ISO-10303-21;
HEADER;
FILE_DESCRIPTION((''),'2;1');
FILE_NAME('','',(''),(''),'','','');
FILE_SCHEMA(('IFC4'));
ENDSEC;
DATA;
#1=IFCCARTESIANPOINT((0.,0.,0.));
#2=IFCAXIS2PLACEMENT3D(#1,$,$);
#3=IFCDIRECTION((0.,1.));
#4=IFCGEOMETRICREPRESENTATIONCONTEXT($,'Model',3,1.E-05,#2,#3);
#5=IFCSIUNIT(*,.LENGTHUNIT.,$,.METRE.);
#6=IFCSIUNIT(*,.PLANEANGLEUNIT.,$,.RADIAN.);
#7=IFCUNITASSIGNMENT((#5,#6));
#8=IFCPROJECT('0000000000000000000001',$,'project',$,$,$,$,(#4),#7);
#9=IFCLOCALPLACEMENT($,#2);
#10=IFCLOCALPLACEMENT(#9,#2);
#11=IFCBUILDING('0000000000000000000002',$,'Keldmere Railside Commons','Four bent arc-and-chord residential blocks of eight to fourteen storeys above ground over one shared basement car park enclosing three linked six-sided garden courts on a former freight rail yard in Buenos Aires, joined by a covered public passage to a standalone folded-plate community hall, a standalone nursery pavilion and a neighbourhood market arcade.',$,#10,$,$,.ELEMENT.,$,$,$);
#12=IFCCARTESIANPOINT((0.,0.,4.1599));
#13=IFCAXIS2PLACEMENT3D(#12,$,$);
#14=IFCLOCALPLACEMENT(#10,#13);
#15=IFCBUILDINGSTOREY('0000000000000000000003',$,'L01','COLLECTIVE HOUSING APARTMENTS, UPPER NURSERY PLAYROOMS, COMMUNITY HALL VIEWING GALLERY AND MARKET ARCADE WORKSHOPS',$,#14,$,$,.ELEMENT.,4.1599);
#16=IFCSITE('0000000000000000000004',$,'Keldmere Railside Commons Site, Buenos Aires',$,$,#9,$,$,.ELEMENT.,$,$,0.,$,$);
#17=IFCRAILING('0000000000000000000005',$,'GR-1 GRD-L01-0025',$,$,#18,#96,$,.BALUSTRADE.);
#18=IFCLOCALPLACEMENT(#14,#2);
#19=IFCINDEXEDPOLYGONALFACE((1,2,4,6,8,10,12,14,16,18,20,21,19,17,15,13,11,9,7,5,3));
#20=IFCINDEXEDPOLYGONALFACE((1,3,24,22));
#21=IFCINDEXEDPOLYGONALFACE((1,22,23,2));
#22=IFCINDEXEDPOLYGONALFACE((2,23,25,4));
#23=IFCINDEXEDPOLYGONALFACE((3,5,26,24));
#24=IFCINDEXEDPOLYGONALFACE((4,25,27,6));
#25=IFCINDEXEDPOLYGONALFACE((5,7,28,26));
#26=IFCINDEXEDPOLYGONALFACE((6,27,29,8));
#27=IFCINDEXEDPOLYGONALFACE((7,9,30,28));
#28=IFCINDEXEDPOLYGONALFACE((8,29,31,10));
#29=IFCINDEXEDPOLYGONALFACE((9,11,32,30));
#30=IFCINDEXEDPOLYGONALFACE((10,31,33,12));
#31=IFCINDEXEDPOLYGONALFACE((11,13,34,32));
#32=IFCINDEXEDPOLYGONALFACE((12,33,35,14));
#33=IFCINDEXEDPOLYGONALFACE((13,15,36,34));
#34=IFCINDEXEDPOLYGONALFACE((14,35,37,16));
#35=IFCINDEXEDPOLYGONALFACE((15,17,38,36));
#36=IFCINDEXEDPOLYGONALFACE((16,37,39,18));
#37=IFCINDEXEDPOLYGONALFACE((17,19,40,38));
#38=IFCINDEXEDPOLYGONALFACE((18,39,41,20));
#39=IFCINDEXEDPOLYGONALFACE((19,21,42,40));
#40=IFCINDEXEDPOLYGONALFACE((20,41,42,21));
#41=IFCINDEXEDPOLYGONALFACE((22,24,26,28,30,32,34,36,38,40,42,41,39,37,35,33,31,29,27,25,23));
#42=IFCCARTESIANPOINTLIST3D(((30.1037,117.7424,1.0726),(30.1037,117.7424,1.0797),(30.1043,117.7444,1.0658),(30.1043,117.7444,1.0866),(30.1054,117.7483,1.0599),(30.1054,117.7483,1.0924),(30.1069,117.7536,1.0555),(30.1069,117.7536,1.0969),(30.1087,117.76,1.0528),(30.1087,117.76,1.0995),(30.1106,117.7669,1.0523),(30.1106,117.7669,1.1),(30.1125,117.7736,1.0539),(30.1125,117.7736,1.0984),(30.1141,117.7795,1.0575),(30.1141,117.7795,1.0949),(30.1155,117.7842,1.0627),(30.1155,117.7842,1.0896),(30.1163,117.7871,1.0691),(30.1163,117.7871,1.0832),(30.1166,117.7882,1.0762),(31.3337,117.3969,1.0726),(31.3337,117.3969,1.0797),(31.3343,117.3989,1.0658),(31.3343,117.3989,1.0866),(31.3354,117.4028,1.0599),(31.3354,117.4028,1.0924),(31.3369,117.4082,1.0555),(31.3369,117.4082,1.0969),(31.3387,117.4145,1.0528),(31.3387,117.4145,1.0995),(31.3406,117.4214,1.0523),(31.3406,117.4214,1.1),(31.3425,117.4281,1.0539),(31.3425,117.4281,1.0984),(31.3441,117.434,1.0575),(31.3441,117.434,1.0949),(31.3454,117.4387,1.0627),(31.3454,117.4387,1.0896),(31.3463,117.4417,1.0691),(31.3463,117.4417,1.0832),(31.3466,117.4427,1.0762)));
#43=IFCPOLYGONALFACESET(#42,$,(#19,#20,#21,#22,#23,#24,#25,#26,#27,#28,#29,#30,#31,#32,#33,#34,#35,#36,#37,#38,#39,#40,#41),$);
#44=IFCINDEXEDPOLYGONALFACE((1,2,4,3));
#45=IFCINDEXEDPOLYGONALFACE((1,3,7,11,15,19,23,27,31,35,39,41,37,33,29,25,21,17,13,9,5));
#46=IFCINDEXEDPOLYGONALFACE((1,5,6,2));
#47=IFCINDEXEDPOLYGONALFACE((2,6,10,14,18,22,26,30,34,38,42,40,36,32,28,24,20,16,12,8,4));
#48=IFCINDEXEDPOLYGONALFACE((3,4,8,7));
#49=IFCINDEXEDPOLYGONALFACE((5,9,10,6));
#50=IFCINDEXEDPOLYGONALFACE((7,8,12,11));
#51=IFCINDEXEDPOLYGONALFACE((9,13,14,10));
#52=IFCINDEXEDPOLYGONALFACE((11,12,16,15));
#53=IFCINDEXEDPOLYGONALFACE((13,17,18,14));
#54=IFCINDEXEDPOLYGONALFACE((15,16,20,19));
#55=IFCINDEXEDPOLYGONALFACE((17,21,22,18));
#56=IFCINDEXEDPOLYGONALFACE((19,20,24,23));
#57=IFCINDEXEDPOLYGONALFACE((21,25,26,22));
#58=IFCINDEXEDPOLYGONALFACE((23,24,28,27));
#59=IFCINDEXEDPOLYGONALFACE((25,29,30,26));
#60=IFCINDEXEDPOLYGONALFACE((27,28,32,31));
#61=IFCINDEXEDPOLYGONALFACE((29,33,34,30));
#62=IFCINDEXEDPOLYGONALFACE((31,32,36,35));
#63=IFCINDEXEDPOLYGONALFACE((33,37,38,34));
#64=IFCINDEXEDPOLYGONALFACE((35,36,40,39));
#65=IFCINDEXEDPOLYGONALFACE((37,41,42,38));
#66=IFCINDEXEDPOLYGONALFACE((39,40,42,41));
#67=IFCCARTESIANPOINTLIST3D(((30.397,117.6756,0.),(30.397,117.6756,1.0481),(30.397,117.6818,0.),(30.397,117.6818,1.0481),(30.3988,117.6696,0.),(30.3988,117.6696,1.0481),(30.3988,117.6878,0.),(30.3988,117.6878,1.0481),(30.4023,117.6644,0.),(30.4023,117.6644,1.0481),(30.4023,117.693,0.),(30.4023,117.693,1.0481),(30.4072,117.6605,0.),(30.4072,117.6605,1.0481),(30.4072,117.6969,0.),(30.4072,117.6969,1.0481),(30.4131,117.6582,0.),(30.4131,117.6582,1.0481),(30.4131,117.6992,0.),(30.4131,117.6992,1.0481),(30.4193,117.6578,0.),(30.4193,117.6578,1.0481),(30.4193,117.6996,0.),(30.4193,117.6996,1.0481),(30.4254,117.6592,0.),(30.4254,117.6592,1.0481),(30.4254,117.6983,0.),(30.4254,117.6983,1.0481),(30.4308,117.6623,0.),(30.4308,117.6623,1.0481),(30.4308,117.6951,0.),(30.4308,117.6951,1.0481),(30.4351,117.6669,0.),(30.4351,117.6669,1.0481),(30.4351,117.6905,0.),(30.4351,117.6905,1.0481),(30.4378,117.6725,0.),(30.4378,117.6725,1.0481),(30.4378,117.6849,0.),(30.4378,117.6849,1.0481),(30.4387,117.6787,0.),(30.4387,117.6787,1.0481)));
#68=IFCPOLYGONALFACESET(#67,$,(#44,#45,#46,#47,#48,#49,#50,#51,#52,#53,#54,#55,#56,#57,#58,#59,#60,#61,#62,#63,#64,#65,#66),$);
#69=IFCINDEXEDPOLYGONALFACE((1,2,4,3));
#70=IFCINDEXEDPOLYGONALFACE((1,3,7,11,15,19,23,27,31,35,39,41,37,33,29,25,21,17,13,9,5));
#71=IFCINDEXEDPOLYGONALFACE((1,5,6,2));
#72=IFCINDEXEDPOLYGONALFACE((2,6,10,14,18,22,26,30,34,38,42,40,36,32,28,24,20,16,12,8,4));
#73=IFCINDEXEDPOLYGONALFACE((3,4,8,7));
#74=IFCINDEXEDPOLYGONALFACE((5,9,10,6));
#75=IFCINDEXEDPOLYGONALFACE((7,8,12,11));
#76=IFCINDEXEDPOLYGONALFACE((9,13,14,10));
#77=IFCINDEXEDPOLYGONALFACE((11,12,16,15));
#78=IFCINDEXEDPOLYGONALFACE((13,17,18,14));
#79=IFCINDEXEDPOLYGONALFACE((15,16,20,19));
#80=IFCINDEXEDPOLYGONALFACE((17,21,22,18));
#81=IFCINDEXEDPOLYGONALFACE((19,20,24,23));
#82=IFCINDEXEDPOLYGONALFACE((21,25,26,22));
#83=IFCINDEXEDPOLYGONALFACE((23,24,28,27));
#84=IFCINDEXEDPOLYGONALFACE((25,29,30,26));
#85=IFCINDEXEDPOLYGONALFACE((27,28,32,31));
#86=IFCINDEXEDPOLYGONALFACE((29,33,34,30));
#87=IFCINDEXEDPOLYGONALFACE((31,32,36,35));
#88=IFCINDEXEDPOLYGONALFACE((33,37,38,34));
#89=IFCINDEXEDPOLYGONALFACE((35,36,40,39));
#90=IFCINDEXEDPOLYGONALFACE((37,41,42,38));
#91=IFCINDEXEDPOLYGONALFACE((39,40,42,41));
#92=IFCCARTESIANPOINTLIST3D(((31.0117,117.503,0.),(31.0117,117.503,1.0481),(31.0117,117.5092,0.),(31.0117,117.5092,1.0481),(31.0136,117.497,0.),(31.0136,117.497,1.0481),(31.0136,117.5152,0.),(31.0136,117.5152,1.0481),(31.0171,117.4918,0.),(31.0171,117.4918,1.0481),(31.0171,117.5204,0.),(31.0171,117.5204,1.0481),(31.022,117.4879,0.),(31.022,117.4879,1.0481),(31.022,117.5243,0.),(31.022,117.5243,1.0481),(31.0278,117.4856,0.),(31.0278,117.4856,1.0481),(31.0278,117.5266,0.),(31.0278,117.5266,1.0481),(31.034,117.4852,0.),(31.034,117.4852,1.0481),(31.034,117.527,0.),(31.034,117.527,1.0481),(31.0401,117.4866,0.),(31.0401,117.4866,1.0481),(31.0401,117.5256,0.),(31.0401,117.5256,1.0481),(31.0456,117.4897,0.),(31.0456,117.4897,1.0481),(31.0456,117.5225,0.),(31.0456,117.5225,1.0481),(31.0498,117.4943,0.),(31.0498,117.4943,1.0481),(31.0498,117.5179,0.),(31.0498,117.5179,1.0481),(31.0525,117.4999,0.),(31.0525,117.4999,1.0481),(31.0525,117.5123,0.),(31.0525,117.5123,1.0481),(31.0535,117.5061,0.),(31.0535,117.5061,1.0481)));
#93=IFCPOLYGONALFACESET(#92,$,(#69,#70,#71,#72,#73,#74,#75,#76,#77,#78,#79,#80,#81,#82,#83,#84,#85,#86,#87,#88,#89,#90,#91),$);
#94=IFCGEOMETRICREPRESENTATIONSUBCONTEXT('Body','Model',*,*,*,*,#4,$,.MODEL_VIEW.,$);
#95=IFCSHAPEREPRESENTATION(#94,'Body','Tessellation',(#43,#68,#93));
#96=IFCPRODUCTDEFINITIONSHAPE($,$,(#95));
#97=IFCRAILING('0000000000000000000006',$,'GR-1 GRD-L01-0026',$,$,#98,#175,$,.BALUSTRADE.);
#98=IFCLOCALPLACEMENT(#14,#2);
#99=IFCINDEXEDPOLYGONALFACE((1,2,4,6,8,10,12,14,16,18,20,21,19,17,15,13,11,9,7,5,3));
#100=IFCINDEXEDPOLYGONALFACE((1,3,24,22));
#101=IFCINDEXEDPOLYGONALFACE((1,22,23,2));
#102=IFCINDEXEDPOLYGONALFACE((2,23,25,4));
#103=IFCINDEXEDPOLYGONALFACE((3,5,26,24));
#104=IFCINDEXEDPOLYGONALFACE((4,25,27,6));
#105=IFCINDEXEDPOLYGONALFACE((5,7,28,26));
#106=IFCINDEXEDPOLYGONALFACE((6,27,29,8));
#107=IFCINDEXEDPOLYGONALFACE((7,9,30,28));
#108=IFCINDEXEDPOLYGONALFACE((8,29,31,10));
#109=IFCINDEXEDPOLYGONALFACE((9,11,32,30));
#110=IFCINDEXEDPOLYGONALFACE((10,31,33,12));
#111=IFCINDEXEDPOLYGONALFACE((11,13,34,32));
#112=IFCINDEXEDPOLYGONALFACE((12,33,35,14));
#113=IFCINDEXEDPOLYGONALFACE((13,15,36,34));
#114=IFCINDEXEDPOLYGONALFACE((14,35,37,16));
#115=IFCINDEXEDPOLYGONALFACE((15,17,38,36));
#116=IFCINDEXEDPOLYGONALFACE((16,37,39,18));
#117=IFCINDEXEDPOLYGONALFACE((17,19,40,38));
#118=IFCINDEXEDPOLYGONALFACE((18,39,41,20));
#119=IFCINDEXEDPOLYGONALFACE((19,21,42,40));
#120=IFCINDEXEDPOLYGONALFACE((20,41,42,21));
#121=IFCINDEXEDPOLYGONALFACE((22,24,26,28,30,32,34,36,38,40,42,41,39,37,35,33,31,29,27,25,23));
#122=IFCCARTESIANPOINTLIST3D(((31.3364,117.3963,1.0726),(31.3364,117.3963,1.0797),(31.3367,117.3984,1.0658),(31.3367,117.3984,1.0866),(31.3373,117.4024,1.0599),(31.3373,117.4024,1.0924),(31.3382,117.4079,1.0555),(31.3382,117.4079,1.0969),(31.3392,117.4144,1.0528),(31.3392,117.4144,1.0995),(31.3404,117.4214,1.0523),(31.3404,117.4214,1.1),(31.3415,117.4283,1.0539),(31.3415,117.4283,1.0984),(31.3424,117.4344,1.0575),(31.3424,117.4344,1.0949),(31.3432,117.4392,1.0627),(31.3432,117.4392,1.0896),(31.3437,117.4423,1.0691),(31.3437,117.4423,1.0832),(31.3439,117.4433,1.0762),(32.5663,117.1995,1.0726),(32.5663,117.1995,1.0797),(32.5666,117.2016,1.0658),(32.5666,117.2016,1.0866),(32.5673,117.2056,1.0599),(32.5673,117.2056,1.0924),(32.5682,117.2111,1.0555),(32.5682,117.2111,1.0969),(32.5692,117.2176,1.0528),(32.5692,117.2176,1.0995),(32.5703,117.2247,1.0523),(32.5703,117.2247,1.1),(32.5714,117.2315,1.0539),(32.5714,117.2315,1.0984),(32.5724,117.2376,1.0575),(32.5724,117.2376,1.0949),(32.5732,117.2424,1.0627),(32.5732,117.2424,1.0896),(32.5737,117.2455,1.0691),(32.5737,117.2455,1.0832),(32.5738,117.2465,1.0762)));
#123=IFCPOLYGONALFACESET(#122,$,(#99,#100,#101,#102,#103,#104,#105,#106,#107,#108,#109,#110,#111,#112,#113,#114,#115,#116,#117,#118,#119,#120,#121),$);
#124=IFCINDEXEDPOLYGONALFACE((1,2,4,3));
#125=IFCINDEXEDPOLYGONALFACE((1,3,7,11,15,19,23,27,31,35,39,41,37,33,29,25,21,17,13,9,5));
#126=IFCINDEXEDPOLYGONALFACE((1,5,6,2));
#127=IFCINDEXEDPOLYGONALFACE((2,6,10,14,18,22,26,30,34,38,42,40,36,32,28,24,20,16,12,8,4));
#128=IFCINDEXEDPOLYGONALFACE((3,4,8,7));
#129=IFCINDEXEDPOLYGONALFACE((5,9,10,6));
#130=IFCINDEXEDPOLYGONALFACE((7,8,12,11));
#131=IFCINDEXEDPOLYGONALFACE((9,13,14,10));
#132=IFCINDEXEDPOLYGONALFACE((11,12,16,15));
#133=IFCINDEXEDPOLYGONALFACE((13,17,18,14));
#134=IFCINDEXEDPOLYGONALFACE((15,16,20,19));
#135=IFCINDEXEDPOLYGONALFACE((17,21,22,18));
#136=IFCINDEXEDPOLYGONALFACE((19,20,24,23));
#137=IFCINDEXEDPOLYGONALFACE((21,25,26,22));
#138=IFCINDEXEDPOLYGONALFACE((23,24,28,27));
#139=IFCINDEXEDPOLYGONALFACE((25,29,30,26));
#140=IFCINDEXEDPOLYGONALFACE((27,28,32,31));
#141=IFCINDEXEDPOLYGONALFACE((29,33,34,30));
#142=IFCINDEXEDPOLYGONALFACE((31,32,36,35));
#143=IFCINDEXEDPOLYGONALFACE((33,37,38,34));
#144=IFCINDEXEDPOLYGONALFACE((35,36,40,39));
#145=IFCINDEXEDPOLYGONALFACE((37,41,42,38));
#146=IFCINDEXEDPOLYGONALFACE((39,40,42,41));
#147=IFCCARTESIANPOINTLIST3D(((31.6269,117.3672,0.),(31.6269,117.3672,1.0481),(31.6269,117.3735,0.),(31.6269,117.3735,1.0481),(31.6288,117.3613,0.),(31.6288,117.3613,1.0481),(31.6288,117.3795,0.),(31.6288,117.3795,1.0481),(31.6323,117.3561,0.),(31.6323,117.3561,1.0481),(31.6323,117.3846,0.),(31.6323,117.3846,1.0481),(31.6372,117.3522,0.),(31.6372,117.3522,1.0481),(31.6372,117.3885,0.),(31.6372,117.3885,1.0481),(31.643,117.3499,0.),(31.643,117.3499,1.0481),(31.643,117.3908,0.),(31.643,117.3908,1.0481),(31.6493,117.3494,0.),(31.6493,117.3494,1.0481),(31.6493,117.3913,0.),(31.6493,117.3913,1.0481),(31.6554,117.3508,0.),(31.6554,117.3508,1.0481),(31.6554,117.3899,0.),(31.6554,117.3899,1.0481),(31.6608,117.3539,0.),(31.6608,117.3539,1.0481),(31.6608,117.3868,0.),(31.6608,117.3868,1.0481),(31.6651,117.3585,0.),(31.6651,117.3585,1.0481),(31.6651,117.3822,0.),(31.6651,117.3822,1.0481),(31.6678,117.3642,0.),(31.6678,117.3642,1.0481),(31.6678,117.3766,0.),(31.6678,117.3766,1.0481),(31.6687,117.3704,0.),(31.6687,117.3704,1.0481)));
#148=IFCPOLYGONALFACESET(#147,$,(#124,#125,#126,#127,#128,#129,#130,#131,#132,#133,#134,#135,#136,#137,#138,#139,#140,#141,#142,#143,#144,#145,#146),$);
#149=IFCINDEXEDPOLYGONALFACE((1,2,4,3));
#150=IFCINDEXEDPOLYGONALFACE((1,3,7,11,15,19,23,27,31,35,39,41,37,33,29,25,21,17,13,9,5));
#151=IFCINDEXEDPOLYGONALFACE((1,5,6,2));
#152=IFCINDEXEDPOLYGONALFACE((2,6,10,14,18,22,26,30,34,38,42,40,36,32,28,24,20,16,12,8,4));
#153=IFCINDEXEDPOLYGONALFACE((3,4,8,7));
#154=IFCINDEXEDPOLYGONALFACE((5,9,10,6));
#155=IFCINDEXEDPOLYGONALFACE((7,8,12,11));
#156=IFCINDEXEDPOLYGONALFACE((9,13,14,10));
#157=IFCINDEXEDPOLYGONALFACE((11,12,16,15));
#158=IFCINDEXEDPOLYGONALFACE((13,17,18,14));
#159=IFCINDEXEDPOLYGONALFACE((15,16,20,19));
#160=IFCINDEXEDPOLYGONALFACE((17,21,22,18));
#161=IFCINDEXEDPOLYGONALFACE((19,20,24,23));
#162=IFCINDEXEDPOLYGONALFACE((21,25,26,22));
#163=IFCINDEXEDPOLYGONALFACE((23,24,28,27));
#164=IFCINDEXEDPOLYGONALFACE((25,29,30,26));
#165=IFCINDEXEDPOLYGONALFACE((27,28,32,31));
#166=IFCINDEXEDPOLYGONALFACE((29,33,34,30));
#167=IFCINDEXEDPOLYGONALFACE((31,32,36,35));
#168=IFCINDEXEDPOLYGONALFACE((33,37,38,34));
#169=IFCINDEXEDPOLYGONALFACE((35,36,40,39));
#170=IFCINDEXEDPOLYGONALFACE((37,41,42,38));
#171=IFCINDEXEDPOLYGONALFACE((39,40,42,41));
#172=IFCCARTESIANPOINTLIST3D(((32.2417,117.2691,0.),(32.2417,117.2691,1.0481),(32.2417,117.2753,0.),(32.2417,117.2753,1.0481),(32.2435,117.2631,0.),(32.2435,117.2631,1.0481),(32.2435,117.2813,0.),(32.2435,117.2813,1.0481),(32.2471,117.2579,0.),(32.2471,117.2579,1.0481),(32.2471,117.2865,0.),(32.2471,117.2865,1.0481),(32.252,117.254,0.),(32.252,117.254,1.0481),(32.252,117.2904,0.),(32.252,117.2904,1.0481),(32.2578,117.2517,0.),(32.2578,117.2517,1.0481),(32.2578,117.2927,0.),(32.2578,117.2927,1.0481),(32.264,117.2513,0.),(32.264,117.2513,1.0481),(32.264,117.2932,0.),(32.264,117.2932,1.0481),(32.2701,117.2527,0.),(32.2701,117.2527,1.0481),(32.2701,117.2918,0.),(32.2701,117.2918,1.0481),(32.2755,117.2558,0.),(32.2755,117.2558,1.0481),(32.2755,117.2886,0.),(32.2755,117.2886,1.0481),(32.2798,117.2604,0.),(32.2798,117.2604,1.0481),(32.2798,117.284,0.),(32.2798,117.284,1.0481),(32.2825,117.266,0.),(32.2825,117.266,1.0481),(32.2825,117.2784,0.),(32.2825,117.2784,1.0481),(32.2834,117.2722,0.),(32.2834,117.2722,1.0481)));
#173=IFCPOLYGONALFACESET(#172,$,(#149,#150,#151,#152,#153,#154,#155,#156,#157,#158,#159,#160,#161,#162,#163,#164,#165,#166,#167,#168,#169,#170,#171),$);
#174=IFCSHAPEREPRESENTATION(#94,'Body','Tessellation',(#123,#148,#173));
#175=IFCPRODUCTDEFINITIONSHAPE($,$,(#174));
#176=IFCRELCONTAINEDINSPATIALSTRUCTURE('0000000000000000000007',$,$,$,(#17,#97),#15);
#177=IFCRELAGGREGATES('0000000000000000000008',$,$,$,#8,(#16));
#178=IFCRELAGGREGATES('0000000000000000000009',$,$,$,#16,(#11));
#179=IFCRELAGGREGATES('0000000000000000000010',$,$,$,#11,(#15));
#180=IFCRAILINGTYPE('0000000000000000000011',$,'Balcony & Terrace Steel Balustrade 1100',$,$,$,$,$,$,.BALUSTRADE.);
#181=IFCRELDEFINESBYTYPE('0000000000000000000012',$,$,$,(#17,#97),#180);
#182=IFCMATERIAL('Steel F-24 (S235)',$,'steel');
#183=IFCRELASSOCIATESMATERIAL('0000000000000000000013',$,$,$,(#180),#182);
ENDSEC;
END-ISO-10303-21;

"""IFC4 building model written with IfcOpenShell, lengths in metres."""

from ifc_helpers import new_model, si_unit, direction, frame, origin, origin_2d, place, context, subcontext, project, spatial, circle, extrude, material, type_object, element, save


model = new_model("IFC4")

# Units and contexts
model_context = context("Model", 3, precision=1e-05, world=origin(), true_north=direction((0.0, 1.0)))
body_context = subcontext(model_context, "Body", "Model", "MODEL_VIEW")
ifc_project = project(units=[si_unit("LENGTHUNIT", "METRE"), si_unit("PLANEANGLEUNIT", "RADIAN")], contexts=[model_context])

# Site, building, storey
site_placement = place(None, origin())
site = spatial("IfcSite", under=ifc_project, at=site_placement, Name="Keldmere Railside Commons Site, Buenos Aires", CompositionType="ELEMENT", RefElevation=0.0)
building_placement = place(site_placement, origin())
building = spatial("IfcBuilding", under=site, at=building_placement, Name="Keldmere Railside Commons", Description="Four bent arc-and-chord residential blocks of eight to fourteen storeys above ground over one shared basement car park enclosing three linked six-sided garden courts on a former freight rail yard in Buenos Aires, joined by a covered public passage to a standalone folded-plate community hall, a standalone nursery pavilion and a neighbourhood market arcade.", CompositionType="ELEMENT")
storey_placement = place(building_placement, frame((0.0, 0.0, 4.1599)))
storey = spatial("IfcBuildingStorey", under=building, at=storey_placement, Name="L01", Description="COLLECTIVE HOUSING APARTMENTS, UPPER NURSERY PLAYROOMS, COMMUNITY HALL VIEWING GALLERY AND MARKET ARCADE WORKSHOPS", CompositionType="ELEMENT", Elevation=4.1599)

# Railings
ifc_material_1 = material(Name="Steel F-24 (S235)", Category="steel")
railing_type = type_object("IfcRailingType", Name="Balcony & Terrace Steel Balustrade 1100", PredefinedType="BALUSTRADE", material=ifc_material_1)
railing_1_placement = place(storey_placement, frame((30.1101, 117.7651, 0.0)))
element("IfcRailing", 1, at=railing_1_placement, inside=storey, type_object=railing_type, Name="GR-1 GRD-L01-0025", PredefinedType="BALUSTRADE", context=body_context, shape_type="SweptSolid", body=[
    extrude(circle(Radius=0.0239, at=origin_2d()), frame((0.0, 0.0, 1.0762), z_axis=(0.962747, -0.270402, 0.0), x_axis=(0.270402, 0.962747, 0.0)), (0.0, 0.0, 1.0), 1.2776),
    extrude(circle(Radius=0.021, at=origin_2d()), frame((0.3076, -0.0864, 0.0)), (0.0, 0.0, 1.0), 1.0481),
    extrude(circle(Radius=0.021, at=origin_2d()), frame((0.9224, -0.259, 0.0)), (0.0, 0.0, 1.0), 1.0481),
])
railing_2_placement = place(storey_placement, frame((31.3401, 117.4197, 0.0)))
element("IfcRailing", 2, at=railing_2_placement, inside=storey, type_object=railing_type, Name="GR-1 GRD-L01-0026", PredefinedType="BALUSTRADE", context=body_context, shape_type="SweptSolid", body=[
    extrude(circle(Radius=0.0239, at=origin_2d()), frame((0.0, 0.0, 1.0762), z_axis=(0.987443, -0.157975, 0.0), x_axis=(0.157975, 0.987443, 0.0)), (0.0, 0.0, 1.0), 1.2456),
    extrude(circle(Radius=0.021, at=origin_2d()), frame((0.3076, -0.0493, 0.0)), (0.0, 0.0, 1.0), 1.0481),
    extrude(circle(Radius=0.021, at=origin_2d()), frame((0.9224, -0.1475, 0.0)), (0.0, 0.0, 1.0), 1.0481),
])

save(model, "model.ifc")
